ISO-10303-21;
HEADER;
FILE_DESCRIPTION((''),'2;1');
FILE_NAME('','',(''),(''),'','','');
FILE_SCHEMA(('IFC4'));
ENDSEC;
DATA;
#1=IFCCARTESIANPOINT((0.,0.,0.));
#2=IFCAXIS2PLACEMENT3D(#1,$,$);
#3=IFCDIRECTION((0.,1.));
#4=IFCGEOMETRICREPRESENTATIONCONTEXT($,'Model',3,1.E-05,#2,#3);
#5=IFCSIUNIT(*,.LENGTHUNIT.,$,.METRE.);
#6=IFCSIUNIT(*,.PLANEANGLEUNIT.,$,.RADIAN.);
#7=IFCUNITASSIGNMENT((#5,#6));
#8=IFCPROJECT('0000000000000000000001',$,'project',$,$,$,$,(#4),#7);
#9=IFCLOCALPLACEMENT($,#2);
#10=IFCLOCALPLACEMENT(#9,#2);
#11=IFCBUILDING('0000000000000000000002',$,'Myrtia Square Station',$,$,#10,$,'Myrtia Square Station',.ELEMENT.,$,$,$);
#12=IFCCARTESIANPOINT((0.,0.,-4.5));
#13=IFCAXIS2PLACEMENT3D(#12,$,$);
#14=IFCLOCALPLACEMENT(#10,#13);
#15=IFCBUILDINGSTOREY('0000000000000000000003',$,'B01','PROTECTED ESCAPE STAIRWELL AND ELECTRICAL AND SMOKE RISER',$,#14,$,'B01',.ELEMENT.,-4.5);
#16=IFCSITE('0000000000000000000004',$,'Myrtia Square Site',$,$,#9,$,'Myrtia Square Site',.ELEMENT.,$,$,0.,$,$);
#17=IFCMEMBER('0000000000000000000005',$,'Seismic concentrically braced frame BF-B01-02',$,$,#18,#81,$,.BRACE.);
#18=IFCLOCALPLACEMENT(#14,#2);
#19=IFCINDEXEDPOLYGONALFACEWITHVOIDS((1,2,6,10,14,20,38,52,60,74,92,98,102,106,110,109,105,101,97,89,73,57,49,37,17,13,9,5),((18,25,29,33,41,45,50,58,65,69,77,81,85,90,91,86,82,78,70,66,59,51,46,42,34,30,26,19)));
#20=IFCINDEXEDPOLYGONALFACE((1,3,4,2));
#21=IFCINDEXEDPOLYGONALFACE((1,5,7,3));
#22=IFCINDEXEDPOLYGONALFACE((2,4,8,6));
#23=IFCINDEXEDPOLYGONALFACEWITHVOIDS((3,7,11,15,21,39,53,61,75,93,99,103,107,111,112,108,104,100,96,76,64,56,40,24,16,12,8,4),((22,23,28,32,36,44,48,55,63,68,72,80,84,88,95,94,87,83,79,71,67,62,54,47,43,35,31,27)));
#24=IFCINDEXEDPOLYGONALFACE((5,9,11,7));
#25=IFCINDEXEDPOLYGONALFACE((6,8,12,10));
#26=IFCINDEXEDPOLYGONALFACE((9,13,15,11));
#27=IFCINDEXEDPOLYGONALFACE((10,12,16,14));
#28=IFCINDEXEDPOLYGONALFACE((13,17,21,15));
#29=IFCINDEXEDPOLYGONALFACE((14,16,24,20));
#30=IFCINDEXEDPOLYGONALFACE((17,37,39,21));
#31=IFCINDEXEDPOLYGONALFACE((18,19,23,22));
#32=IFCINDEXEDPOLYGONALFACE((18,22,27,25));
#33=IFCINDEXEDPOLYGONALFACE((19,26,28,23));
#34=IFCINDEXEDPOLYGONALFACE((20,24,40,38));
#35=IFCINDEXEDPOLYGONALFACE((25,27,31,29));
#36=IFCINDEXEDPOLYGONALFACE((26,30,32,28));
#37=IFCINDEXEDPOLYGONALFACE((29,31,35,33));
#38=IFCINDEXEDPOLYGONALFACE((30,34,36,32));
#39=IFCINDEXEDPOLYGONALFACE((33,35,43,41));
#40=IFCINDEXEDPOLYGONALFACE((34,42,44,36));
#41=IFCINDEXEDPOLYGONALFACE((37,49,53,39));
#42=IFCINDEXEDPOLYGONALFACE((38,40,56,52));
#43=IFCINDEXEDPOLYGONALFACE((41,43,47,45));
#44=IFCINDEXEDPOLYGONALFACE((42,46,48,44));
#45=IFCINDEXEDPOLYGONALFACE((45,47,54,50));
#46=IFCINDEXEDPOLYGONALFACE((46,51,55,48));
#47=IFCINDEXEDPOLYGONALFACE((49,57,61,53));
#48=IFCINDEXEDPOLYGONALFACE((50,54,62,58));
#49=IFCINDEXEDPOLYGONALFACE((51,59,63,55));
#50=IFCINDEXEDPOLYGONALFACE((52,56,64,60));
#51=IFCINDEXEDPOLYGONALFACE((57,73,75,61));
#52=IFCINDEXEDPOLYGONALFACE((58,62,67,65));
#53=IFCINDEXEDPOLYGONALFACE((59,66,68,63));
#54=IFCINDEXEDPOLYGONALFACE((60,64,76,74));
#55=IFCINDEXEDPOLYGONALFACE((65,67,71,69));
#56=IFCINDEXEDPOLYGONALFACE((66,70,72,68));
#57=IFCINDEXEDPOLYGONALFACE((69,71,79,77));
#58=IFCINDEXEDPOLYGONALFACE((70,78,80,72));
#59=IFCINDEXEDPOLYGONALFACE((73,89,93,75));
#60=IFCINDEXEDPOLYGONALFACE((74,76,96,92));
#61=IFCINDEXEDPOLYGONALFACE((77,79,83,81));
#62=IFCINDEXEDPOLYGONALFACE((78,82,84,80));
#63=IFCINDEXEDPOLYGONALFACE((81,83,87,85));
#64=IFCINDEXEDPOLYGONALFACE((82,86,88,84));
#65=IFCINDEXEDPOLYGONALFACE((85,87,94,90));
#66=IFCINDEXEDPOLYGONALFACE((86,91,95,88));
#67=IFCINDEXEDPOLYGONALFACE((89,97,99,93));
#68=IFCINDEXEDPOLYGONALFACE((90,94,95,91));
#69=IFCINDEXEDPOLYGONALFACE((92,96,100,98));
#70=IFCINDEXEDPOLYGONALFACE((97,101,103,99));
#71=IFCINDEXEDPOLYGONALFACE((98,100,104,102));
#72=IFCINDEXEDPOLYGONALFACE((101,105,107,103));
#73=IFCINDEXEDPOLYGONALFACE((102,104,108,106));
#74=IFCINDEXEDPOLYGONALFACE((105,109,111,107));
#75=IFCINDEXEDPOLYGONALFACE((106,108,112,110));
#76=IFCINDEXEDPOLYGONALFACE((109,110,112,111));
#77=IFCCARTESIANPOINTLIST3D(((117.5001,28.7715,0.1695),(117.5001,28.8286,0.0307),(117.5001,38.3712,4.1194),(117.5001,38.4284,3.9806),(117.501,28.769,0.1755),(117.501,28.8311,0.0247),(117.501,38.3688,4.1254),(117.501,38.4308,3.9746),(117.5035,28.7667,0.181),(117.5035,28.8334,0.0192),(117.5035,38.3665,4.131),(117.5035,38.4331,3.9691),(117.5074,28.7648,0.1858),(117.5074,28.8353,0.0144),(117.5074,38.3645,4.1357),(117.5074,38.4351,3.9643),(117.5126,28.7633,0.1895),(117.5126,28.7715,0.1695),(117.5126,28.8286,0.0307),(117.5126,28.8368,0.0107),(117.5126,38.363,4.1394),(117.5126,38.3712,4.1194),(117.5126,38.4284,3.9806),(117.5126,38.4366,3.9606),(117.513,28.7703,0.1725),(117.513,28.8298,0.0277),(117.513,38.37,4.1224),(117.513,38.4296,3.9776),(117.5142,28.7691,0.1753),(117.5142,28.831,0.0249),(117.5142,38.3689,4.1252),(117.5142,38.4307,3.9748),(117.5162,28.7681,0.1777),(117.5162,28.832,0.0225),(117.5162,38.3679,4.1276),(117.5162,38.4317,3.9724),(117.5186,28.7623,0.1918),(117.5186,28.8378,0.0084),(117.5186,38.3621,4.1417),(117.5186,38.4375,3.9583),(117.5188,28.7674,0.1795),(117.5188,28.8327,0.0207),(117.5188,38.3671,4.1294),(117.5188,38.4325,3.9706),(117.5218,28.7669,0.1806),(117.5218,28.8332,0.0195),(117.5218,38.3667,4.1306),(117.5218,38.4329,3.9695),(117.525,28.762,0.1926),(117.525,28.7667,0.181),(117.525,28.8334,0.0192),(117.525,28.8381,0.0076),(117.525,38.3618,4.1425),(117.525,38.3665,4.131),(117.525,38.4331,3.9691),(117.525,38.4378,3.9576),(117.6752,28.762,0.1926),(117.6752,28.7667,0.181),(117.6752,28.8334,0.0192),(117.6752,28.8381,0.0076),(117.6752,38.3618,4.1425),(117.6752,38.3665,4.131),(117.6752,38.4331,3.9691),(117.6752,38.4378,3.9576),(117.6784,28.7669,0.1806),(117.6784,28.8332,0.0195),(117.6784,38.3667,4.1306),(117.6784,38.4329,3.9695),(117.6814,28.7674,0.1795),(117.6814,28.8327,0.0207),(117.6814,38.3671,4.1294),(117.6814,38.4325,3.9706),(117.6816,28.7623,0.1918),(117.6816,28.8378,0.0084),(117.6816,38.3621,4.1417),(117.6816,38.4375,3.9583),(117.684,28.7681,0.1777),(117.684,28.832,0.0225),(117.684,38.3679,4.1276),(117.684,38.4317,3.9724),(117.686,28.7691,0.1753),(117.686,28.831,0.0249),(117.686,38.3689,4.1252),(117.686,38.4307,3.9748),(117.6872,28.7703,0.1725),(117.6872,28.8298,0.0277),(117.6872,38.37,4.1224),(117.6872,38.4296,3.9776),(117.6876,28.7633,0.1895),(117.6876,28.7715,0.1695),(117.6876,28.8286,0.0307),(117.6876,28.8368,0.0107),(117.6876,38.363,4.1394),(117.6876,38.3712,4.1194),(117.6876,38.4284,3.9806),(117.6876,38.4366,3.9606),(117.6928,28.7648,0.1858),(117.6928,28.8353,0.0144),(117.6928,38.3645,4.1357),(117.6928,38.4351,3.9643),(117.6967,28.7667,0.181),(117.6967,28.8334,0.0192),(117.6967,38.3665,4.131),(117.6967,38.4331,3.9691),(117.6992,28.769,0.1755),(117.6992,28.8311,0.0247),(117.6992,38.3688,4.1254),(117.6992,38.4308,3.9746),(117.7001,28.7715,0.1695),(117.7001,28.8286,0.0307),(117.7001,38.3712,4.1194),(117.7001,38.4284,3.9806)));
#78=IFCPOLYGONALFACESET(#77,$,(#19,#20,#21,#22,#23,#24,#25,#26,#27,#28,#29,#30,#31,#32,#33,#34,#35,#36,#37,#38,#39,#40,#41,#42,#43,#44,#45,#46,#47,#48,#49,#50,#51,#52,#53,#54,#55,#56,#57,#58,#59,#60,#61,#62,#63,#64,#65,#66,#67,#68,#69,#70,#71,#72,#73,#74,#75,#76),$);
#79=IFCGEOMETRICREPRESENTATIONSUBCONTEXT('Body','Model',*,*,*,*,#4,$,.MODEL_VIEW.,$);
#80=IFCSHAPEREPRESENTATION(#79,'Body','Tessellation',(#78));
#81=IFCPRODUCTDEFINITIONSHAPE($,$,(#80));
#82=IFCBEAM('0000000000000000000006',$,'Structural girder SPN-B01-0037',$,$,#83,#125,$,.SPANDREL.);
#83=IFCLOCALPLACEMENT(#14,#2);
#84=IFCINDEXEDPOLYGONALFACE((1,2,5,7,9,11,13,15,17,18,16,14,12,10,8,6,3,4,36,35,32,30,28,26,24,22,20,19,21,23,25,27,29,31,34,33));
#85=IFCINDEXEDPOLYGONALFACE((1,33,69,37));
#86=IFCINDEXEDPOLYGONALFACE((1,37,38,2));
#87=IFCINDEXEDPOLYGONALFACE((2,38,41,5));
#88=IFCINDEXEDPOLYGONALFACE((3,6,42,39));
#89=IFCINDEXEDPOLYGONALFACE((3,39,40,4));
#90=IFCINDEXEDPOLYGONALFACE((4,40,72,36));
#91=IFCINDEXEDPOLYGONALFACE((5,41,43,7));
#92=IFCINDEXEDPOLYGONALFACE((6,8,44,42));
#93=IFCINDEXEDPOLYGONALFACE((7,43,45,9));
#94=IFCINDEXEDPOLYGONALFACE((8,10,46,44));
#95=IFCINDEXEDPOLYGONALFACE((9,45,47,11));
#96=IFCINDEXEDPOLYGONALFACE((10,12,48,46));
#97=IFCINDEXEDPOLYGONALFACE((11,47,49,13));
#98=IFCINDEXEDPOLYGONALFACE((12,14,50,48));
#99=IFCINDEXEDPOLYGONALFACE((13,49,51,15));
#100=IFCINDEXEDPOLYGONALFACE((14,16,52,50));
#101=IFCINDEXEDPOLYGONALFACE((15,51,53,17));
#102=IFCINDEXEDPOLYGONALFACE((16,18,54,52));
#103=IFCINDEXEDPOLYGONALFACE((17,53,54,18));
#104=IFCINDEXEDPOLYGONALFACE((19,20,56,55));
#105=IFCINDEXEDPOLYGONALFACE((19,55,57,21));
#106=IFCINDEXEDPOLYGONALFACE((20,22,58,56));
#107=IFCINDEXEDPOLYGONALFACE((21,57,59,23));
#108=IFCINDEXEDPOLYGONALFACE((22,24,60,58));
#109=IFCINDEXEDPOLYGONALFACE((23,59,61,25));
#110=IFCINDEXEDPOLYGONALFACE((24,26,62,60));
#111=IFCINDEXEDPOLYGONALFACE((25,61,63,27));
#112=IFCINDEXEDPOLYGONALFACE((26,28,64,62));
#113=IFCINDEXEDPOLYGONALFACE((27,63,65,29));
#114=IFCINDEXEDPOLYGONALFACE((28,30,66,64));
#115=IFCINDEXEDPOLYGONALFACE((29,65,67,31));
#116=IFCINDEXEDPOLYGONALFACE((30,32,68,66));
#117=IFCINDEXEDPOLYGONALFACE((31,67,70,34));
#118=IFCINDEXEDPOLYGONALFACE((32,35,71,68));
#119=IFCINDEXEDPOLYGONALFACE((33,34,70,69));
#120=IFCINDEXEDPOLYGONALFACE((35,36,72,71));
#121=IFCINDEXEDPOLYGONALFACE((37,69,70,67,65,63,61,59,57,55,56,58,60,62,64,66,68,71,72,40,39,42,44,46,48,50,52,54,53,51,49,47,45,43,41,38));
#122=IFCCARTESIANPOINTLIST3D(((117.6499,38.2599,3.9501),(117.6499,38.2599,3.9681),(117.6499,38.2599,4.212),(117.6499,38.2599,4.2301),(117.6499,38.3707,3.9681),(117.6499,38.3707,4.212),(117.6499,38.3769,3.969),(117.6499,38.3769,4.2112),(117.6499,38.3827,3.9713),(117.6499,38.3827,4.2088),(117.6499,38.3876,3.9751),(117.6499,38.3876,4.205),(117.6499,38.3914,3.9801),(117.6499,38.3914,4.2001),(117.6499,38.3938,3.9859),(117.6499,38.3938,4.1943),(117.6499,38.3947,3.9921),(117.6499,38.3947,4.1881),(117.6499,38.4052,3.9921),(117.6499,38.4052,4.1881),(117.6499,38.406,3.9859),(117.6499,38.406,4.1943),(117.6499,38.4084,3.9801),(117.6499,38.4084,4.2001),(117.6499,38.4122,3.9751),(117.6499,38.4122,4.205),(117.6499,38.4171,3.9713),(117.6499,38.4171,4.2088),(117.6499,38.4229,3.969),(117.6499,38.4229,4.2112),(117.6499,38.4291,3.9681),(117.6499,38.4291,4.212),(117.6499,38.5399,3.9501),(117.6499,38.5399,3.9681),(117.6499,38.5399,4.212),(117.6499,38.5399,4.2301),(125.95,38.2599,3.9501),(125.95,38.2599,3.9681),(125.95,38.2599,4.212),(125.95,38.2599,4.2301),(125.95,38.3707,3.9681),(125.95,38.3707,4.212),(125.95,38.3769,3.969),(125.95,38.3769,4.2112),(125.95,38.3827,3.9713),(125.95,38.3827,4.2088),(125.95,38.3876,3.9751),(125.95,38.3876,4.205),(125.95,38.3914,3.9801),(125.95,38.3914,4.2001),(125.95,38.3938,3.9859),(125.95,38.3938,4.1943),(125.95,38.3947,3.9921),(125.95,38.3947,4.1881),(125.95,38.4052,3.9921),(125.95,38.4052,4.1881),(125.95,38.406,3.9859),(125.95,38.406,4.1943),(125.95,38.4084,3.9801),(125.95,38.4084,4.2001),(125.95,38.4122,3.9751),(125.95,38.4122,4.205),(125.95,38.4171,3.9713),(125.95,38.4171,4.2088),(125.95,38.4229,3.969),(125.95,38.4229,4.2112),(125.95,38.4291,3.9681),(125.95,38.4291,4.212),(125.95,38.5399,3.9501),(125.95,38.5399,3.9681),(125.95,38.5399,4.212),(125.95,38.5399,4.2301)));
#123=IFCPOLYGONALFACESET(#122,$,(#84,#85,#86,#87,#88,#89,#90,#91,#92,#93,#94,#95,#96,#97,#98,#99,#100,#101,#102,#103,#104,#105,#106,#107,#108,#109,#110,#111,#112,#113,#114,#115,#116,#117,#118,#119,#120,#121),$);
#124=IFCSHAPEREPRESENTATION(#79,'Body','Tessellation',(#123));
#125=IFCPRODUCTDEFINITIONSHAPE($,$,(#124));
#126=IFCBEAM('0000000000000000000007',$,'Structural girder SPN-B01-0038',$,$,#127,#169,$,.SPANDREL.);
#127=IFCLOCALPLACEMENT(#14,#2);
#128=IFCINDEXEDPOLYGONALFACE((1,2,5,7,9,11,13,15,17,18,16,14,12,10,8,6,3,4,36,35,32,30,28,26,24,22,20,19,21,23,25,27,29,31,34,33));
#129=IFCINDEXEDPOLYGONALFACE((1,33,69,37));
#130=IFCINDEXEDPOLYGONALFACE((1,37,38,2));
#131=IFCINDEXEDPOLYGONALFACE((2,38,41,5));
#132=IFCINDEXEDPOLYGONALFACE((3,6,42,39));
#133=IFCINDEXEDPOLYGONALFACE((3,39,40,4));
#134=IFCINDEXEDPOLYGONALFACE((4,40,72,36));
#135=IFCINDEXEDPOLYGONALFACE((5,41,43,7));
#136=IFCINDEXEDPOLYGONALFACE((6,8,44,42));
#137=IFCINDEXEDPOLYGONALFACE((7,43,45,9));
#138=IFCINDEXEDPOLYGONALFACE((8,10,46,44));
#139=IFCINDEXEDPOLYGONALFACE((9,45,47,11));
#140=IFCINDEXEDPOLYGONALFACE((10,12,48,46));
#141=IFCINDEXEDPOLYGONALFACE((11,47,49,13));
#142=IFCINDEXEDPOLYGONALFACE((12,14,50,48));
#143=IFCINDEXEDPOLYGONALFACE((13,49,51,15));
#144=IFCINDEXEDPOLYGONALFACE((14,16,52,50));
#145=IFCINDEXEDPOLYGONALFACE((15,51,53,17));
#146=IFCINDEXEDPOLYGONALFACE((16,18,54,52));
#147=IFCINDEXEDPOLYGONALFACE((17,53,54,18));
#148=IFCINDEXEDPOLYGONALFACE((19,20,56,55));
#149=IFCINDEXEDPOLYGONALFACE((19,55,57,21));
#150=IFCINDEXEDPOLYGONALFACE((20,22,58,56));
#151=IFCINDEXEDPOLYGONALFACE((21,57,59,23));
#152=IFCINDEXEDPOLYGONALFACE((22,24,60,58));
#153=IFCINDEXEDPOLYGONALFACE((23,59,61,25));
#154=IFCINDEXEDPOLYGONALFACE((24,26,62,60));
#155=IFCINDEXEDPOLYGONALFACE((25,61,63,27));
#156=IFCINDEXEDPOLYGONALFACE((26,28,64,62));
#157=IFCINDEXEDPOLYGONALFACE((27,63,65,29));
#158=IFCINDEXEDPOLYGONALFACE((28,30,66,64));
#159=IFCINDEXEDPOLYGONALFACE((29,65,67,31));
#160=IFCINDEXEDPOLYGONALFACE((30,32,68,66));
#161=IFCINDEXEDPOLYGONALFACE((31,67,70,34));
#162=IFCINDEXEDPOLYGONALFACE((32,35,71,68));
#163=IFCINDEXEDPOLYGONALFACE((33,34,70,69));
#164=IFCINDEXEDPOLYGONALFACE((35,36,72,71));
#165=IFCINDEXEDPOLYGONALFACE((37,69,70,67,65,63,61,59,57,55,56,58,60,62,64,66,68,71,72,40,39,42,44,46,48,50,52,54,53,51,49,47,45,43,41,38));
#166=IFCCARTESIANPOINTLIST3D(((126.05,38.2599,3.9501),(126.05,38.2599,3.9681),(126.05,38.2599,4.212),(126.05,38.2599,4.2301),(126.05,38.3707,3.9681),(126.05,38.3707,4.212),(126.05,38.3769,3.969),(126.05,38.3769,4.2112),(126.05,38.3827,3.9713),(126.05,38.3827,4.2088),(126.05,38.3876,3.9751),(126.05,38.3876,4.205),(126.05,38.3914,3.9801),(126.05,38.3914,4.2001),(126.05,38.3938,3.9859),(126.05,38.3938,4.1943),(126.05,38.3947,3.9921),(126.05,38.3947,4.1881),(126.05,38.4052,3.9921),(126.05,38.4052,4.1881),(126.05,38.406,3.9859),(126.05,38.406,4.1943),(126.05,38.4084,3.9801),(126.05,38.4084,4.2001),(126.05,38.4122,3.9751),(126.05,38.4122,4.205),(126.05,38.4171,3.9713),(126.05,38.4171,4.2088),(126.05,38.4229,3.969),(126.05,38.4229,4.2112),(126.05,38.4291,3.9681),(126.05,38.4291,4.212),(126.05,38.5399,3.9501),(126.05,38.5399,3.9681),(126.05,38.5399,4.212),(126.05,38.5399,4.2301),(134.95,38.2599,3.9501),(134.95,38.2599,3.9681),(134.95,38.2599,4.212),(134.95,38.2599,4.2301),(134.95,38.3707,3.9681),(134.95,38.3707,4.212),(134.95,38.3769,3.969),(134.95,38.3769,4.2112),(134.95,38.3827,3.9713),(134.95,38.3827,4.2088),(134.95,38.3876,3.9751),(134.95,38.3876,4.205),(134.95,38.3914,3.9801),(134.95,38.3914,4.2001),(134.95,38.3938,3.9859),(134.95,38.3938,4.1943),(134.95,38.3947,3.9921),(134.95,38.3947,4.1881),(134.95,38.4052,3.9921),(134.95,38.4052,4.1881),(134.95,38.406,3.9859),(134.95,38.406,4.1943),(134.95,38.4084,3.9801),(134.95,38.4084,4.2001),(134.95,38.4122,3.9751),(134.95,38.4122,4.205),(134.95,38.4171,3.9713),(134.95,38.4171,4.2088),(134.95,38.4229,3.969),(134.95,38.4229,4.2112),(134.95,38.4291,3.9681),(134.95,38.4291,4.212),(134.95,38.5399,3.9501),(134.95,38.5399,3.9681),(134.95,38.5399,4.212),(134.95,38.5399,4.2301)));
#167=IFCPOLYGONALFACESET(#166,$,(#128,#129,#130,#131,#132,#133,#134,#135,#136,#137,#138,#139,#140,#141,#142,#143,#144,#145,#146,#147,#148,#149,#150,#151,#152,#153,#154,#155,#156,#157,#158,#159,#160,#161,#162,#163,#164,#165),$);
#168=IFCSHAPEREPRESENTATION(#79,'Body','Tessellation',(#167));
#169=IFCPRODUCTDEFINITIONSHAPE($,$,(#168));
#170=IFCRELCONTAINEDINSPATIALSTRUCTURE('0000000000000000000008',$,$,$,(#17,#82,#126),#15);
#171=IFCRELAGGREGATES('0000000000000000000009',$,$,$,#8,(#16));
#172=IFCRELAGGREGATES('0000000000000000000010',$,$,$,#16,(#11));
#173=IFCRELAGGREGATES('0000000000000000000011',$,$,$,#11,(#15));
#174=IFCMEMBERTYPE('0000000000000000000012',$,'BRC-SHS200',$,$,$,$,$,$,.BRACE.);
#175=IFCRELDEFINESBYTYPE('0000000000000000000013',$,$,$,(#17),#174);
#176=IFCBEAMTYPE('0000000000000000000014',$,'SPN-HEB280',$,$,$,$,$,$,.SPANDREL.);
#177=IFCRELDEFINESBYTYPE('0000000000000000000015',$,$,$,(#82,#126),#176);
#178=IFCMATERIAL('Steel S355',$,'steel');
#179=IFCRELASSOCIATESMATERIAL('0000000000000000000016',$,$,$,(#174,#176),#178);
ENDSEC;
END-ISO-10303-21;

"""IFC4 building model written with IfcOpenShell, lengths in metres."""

from ifc_helpers import new_model, si_unit, direction, frame, origin, origin_2d, place, context, subcontext, project, spatial, hollow_rectangle, i_section, extrude, material, material_profile, profile_set, type_object, element, save


model = new_model("IFC4")

# Units and contexts
model_context = context("Model", 3, precision=1e-05, world=origin(), true_north=direction((0.0, 1.0)))
body_context = subcontext(model_context, "Body", "Model", "MODEL_VIEW")
ifc_project = project(units=[si_unit("LENGTHUNIT", "METRE"), si_unit("PLANEANGLEUNIT", "RADIAN")], contexts=[model_context])

# Site, building, storey
site_placement = place(None, origin())
site = spatial("IfcSite", under=ifc_project, at=site_placement, Name="Myrtia Square Site", LongName="Myrtia Square Site", CompositionType="ELEMENT", RefElevation=0.0)
building_placement = place(site_placement, origin())
building = spatial("IfcBuilding", under=site, at=building_placement, Name="Myrtia Square Station", LongName="Myrtia Square Station", CompositionType="ELEMENT")
storey_placement = place(building_placement, frame((0.0, 0.0, -4.5)))
storey = spatial("IfcBuildingStorey", under=building, at=storey_placement, Name="B01", Description="PROTECTED ESCAPE STAIRWELL AND ELECTRICAL AND SMOKE RISER", LongName="B01", CompositionType="ELEMENT", Elevation=-4.5)

# Shared definitions
ifc_material_1 = material(Name="Steel S355", Category="steel")

# Member
ifc_material_profile_1 = material_profile(ifc_material_1, hollow_rectangle(XDim=0.2, YDim=0.2, WallThickness=0.0125, InnerFilletRadius=0.0125, OuterFilletRadius=0.0249, at=origin_2d()), Name="SHS 200x200x12.5")
ifc_profile_set_1 = profile_set([ifc_material_profile_1], Name="Steel S355")
member_type = type_object("IfcMemberType", Name="BRC-SHS200", PredefinedType="BRACE", material=ifc_profile_set_1)
member_placement = place(storey_placement, frame((117.6001, 28.8, 0.1001), z_axis=(0.0, 0.924777, 0.380508), x_axis=(-1.0, 0.0, 0.0)))
element("IfcMember", 1, at=member_placement, inside=storey, type_object=member_type, Name="Seismic concentrically braced frame BF-B01-02", PredefinedType="BRACE", context=body_context, shape_type="SweptSolid", body=[
    extrude(hollow_rectangle(XDim=0.2, YDim=0.2, WallThickness=0.0125, InnerFilletRadius=0.0125, OuterFilletRadius=0.0249, at=origin_2d()), origin(), (0.0, 0.0, 1.0), 10.3806),
])

# Beams
ifc_material_profile_2 = material_profile(ifc_material_1, i_section(OverallWidth=0.28, OverallDepth=0.28, WebThickness=0.0105, FlangeThickness=0.0181, FilletRadius=0.0239, at=origin_2d()), Name="HEB 280")
ifc_profile_set_2 = profile_set([ifc_material_profile_2], Name="Steel S355")
beam_type_1 = type_object("IfcBeamType", Name="SPN-HEB280", PredefinedType="SPANDREL", material=ifc_profile_set_2)
beam_1_placement = place(storey_placement, frame((117.6499, 38.3999, 4.0901), z_axis=(1.0, 0.0, 0.0), x_axis=(0.0, 1.0, 0.0)))
element("IfcBeam", 2, at=beam_1_placement, inside=storey, type_object=beam_type_1, Name="Structural girder SPN-B01-0037", PredefinedType="SPANDREL", context=body_context, shape_type="SweptSolid", body=[
    extrude(i_section(OverallWidth=0.28, OverallDepth=0.28, WebThickness=0.0105, FlangeThickness=0.0181, FilletRadius=0.0239, at=origin_2d()), origin(), (0.0, 0.0, 1.0), 8.3),
])
for number, where, z_axis, x_axis, name in (
    (3, (126.05, 38.3999, 4.0901), (1.0, 0.0, 0.0), (0.0, 1.0, 0.0), "Structural girder SPN-B01-0038"),
):
    element("IfcBeam", number, at=place(storey_placement, frame(where, z_axis=z_axis, x_axis=x_axis)), inside=storey, type_object=beam_type_1, Name=name, PredefinedType="SPANDREL", context=body_context, shape_type="SweptSolid", body=[
        extrude(i_section(OverallWidth=0.28, OverallDepth=0.28, WebThickness=0.0105, FlangeThickness=0.0181, FilletRadius=0.0239, at=origin_2d()), origin(), (0.0, 0.0, 1.0), 8.8999),
    ])

save(model, "model.ifc")
